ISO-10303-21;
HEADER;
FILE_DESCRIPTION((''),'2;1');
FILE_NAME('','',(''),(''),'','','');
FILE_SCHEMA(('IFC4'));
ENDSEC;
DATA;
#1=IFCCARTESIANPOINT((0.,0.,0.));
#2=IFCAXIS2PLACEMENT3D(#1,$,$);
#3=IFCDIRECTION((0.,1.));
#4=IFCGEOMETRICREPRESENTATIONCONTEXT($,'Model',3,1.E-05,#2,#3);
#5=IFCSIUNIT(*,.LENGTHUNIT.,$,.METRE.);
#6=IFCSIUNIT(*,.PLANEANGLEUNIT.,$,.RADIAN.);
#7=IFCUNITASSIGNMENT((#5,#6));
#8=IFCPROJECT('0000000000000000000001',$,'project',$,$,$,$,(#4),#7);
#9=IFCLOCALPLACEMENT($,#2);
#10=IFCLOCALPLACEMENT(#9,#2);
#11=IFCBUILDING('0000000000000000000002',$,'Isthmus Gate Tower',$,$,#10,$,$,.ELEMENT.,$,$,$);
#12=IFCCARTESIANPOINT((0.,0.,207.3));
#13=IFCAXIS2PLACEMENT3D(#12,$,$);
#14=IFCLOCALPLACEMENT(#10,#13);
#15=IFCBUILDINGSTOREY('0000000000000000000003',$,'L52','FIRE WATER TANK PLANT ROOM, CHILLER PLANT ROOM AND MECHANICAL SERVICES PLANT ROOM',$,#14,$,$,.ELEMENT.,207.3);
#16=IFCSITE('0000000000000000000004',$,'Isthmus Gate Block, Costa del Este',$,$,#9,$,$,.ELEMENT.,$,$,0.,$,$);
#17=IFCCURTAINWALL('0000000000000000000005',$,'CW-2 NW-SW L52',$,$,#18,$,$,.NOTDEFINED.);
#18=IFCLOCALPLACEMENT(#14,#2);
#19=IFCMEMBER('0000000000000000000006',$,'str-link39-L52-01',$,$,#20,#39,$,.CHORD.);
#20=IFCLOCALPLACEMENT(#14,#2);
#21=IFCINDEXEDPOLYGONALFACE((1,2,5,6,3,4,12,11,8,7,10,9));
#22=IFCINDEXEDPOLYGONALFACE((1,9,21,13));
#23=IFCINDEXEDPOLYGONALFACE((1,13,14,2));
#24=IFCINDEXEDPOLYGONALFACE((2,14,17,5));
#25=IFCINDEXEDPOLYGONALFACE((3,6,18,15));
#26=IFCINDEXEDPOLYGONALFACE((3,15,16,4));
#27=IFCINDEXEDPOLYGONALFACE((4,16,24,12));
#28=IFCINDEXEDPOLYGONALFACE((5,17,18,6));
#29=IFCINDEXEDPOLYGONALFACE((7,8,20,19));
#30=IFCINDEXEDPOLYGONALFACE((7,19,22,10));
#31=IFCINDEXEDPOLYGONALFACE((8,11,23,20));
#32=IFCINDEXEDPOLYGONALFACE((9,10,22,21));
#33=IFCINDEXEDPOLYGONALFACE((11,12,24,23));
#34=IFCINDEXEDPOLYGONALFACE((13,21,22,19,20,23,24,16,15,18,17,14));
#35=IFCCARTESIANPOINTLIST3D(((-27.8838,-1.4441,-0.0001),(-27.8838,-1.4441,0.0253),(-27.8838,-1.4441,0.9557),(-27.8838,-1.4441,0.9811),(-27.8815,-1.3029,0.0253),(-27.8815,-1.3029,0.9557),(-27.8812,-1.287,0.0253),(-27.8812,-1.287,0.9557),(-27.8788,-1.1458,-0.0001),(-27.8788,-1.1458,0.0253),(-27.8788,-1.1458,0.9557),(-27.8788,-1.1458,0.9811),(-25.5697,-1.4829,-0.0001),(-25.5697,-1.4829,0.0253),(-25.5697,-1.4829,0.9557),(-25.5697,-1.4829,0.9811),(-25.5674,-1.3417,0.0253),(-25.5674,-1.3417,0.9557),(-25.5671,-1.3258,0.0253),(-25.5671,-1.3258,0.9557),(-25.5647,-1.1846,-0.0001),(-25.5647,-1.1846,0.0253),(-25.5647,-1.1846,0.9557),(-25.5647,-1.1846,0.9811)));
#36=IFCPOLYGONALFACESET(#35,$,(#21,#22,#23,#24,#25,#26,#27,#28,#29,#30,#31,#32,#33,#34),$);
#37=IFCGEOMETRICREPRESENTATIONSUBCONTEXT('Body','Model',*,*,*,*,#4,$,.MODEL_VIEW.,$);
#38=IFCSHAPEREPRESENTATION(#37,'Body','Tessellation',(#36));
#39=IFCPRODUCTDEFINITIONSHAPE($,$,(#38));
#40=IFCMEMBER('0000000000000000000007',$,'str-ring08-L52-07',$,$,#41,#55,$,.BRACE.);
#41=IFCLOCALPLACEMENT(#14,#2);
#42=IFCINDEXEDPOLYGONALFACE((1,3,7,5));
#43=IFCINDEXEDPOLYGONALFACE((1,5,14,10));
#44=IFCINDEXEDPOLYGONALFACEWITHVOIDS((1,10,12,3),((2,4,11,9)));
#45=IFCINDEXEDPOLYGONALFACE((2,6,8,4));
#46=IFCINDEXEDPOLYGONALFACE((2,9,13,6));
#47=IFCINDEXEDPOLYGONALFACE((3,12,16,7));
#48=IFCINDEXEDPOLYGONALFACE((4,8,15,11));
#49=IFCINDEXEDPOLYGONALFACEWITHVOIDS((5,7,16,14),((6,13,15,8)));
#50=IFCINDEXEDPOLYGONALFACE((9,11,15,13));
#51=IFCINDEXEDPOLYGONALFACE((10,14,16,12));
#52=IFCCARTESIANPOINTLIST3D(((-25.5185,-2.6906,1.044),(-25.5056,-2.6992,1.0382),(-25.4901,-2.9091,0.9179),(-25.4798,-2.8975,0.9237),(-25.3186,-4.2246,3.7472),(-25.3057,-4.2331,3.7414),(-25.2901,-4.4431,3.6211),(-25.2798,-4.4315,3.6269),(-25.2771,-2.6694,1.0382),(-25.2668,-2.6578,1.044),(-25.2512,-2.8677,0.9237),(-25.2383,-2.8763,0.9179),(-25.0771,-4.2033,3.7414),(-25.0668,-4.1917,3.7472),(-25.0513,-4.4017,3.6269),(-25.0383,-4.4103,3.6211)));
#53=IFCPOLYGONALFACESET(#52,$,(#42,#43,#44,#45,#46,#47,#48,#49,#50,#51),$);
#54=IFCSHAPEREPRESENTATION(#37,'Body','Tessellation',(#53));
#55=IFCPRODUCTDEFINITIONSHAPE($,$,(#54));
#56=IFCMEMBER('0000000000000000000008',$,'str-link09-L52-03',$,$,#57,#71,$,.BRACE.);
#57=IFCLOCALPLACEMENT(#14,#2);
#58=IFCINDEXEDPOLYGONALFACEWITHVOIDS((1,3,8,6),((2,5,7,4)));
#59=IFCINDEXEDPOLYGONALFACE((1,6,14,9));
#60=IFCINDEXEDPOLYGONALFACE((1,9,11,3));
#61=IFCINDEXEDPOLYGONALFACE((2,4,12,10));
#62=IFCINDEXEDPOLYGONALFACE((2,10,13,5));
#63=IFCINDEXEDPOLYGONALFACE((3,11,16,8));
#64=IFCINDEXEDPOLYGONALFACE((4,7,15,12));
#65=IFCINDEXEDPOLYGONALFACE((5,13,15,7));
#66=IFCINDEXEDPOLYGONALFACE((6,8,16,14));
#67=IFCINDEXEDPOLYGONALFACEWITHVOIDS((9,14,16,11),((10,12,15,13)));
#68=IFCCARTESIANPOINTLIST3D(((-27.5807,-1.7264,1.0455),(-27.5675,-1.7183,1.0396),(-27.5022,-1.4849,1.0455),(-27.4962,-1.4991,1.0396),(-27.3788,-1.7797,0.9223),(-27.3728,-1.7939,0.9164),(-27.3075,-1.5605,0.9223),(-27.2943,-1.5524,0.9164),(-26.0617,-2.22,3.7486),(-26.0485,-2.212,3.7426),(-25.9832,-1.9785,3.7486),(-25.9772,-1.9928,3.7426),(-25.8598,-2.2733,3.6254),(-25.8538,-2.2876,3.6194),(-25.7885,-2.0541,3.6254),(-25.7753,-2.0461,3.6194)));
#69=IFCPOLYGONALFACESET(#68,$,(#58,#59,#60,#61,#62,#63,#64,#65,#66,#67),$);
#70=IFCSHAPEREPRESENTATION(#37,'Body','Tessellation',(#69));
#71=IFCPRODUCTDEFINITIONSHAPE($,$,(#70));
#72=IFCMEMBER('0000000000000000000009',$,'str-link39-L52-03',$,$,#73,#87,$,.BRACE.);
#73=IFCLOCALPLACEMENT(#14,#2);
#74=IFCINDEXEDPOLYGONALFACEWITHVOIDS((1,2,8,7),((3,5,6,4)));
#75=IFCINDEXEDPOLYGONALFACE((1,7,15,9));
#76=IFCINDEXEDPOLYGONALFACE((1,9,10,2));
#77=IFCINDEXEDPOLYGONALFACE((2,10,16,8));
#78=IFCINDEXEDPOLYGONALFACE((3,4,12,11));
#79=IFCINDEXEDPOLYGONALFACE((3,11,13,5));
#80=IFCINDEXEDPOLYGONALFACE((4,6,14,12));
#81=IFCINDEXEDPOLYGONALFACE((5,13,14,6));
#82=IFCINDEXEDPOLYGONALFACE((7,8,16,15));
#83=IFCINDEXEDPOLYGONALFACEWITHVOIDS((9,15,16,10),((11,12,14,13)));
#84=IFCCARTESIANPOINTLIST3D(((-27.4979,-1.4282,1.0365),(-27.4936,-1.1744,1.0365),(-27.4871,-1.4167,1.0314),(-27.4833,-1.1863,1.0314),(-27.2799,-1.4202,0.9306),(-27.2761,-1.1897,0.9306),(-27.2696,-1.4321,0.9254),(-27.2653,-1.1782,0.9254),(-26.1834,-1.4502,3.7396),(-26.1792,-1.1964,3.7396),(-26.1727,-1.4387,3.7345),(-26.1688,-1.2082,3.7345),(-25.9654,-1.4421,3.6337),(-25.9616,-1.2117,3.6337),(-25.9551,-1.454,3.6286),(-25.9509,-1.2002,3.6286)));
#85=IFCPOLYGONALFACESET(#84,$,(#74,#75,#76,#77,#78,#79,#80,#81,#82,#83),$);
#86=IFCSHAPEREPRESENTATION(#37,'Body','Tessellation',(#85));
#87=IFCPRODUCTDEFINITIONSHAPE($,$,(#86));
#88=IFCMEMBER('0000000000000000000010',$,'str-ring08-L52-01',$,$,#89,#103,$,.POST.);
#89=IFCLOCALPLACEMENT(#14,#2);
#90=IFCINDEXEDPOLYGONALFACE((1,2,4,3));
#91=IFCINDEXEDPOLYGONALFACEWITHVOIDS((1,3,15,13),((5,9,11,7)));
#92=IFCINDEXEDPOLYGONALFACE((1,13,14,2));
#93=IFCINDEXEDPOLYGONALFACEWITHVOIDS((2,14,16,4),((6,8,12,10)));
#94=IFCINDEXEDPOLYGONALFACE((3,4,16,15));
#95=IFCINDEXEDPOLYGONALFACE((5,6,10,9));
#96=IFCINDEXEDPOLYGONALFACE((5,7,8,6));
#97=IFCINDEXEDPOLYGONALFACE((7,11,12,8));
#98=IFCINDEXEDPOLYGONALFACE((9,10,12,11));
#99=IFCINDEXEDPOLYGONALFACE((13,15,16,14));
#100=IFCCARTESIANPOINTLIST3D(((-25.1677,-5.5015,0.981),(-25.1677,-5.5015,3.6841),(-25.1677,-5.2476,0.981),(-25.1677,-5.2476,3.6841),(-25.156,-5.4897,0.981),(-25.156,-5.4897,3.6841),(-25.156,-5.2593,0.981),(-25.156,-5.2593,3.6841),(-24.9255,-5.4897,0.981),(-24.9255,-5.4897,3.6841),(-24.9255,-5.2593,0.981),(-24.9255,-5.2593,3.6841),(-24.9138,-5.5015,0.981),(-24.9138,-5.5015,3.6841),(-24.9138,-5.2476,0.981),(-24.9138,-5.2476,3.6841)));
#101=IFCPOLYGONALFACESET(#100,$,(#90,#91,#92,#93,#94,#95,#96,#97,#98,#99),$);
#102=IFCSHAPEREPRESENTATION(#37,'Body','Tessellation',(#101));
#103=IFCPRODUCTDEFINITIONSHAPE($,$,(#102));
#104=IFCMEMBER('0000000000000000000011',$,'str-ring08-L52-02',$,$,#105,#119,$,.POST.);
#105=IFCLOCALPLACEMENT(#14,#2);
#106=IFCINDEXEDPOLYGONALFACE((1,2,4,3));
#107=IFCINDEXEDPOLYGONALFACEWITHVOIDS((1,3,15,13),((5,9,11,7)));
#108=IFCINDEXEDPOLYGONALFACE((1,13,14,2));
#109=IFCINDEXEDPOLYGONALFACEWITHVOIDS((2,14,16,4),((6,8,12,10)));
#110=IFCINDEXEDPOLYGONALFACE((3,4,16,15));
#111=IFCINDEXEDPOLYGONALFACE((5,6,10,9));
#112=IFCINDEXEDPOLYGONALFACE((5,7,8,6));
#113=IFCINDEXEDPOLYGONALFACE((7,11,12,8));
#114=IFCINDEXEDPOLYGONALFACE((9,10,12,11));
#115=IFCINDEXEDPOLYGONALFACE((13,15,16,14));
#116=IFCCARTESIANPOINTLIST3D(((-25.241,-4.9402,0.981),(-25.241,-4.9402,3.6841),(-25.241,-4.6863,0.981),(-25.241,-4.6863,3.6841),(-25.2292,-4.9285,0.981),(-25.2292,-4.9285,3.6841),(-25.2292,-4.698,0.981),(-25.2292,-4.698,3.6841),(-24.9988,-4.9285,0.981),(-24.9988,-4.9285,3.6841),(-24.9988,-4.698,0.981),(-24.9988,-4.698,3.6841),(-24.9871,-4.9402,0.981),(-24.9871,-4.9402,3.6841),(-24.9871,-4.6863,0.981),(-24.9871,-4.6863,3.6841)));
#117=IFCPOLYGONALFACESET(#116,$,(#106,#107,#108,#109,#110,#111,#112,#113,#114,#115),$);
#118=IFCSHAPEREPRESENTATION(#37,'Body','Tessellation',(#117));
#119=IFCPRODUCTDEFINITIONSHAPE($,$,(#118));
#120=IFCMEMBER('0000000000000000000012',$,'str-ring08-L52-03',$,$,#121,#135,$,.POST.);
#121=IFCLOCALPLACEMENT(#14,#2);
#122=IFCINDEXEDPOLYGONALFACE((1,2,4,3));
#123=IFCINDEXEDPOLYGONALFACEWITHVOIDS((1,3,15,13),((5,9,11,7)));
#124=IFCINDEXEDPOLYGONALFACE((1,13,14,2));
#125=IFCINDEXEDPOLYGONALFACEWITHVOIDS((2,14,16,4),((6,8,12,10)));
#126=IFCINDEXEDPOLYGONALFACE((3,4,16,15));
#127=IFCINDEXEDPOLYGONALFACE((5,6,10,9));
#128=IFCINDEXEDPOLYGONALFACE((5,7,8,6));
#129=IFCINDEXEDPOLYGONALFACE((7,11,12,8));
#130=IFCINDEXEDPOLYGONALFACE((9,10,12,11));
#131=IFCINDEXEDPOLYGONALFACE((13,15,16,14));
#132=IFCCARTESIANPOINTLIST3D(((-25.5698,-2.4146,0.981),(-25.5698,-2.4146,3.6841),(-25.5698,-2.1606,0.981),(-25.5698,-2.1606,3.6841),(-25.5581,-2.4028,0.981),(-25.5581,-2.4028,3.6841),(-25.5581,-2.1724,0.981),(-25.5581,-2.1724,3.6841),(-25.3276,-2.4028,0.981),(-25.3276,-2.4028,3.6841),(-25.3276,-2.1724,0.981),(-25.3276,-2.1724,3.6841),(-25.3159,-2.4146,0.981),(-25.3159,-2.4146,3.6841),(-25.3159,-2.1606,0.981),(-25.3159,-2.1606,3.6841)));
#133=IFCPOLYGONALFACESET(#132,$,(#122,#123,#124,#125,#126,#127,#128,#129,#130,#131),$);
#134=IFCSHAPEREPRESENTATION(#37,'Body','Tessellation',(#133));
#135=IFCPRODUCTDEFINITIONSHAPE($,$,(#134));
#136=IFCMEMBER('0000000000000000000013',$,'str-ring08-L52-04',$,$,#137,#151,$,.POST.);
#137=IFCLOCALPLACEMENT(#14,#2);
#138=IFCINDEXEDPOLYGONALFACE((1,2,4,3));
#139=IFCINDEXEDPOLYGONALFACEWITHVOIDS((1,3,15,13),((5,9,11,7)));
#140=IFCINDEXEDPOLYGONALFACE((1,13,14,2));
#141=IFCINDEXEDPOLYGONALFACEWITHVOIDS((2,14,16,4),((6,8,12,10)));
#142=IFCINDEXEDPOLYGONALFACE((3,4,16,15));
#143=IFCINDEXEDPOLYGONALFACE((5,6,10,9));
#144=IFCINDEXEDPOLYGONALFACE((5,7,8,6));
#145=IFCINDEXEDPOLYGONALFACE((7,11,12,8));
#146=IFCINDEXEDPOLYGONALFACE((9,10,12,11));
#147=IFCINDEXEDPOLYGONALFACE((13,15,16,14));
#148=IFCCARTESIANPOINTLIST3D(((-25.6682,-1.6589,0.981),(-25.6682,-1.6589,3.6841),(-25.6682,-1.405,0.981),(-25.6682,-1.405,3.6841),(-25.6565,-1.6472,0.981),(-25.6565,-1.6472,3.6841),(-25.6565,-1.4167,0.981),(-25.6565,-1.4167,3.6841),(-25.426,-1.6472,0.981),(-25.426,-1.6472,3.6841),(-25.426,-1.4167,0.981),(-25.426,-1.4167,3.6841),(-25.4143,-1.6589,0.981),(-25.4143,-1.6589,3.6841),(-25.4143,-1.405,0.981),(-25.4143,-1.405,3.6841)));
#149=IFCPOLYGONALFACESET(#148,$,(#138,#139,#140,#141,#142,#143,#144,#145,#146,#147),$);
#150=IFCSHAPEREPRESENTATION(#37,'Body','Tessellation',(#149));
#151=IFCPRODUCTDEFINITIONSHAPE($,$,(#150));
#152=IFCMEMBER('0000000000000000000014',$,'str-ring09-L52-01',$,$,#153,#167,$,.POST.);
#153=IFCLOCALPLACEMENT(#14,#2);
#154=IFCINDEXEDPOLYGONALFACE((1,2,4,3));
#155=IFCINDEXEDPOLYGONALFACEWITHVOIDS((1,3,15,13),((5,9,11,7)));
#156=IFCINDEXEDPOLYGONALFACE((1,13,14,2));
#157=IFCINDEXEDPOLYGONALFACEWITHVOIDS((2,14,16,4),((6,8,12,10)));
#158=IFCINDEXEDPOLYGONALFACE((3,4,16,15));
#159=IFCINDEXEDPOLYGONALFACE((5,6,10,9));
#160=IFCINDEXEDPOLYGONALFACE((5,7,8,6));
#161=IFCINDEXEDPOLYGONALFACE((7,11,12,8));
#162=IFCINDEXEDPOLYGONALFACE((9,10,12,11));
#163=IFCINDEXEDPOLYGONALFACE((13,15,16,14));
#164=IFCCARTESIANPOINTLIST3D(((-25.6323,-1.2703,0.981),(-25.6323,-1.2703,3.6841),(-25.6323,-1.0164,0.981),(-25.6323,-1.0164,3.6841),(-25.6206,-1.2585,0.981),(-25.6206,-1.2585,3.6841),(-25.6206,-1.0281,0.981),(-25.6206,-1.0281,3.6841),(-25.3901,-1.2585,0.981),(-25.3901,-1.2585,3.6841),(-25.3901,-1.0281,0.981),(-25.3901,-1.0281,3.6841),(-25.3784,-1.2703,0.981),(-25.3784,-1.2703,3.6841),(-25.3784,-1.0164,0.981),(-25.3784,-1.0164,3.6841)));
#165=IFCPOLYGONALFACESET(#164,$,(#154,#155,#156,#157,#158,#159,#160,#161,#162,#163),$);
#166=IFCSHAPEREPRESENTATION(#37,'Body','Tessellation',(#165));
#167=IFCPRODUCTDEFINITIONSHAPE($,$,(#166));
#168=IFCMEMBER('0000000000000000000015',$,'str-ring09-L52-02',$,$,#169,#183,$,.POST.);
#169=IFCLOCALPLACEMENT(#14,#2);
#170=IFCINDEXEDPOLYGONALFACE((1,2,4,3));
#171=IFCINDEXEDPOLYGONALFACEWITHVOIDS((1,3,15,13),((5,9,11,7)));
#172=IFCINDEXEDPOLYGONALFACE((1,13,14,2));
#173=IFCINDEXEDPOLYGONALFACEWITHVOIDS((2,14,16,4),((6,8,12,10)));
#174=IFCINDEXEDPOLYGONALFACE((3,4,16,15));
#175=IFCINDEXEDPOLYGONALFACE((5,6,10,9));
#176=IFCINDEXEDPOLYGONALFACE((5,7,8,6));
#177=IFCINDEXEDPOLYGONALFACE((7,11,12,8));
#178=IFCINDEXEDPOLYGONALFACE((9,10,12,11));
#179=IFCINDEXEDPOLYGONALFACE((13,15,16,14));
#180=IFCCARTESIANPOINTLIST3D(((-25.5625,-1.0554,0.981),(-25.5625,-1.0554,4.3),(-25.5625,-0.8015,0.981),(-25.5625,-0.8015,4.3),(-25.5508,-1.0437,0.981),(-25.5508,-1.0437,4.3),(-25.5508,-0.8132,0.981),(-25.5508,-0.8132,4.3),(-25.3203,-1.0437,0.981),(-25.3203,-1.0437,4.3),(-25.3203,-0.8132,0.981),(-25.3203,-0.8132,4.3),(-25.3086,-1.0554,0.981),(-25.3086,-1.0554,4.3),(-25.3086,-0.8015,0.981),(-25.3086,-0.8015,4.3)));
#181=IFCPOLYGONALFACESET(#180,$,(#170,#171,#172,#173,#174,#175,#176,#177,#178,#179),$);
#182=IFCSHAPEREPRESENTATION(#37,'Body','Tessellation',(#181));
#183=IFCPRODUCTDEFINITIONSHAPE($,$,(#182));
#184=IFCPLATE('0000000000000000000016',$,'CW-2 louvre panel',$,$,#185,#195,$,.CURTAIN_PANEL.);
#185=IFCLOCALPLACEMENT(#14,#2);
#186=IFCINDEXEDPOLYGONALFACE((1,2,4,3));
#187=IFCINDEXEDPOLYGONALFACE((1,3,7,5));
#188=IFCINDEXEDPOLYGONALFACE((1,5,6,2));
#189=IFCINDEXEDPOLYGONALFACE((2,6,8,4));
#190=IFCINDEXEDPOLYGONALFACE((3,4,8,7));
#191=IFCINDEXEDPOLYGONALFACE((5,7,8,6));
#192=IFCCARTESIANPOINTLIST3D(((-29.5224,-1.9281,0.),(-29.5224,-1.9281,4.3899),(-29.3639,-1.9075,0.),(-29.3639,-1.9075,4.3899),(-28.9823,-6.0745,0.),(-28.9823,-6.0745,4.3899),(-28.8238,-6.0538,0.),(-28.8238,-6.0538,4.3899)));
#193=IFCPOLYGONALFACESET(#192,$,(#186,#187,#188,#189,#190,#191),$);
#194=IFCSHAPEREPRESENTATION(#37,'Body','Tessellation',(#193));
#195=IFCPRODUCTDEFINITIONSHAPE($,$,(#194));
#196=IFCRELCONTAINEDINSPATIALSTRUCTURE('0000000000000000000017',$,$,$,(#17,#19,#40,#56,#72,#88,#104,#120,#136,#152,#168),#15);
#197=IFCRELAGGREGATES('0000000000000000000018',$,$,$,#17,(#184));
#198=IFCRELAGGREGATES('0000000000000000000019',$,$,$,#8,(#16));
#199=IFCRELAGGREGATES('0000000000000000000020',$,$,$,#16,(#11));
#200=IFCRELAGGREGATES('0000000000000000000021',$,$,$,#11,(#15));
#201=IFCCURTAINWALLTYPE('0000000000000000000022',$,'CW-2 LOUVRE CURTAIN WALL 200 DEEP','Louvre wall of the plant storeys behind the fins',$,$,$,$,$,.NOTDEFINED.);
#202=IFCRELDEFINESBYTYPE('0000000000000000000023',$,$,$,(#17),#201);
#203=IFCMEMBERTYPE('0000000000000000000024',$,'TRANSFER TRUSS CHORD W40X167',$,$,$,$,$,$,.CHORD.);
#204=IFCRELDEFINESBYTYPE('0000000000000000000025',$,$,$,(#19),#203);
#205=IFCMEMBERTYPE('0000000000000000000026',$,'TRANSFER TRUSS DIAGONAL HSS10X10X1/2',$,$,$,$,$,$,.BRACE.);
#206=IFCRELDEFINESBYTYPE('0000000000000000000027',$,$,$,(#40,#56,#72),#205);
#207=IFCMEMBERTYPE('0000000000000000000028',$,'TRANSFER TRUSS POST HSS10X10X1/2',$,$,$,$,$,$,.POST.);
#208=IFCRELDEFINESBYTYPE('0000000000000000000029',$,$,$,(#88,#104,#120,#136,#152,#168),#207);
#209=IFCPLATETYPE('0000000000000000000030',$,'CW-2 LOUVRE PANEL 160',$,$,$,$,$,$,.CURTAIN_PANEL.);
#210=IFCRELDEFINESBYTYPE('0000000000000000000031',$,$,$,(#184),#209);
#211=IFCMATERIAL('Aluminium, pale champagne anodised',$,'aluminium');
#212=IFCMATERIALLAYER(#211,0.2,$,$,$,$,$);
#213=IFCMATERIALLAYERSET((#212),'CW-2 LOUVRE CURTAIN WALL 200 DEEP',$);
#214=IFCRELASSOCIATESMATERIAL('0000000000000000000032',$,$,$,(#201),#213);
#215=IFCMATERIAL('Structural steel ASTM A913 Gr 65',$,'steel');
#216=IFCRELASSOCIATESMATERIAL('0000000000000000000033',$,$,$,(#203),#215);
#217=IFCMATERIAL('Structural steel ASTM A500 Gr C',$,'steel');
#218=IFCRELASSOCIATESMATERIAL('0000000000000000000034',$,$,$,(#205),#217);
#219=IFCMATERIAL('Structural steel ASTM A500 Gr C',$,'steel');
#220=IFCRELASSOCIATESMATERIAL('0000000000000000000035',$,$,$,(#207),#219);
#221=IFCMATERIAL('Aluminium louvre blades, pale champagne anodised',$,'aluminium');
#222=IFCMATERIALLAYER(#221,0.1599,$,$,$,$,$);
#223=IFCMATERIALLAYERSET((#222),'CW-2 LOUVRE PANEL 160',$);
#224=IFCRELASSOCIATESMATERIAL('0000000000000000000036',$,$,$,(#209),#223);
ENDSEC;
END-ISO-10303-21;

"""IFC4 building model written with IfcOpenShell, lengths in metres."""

from ifc_helpers import new_model, si_unit, direction, frame, origin, origin_2d, place, context, subcontext, project, spatial, rectangle, hollow_rectangle, i_section, extrude, material, layer, layer_set, material_profile, profile_set, type_object, element, aggregate, save


model = new_model("IFC4")

# Units and contexts
model_context = context("Model", 3, precision=1e-05, world=origin(), true_north=direction((0.0, 1.0)))
body_context = subcontext(model_context, "Body", "Model", "MODEL_VIEW")
ifc_project = project(units=[si_unit("LENGTHUNIT", "METRE"), si_unit("PLANEANGLEUNIT", "RADIAN")], contexts=[model_context])

# Site, building, storey
site_placement = place(None, origin())
site = spatial("IfcSite", under=ifc_project, at=site_placement, Name="Isthmus Gate Block, Costa del Este", CompositionType="ELEMENT", RefElevation=0.0)
building_placement = place(site_placement, origin())
building = spatial("IfcBuilding", under=site, at=building_placement, Name="Isthmus Gate Tower", CompositionType="ELEMENT")
storey_placement = place(building_placement, frame((0.0, 0.0, 207.3)))
storey = spatial("IfcBuildingStorey", under=building, at=storey_placement, Name="L52", Description="FIRE WATER TANK PLANT ROOM, CHILLER PLANT ROOM AND MECHANICAL SERVICES PLANT ROOM", CompositionType="ELEMENT", Elevation=207.3)

# Curtain wall
ifc_material_1 = material(Name="Aluminium, pale champagne anodised", Category="aluminium")
ifc_layer_1 = layer(ifc_material_1, 0.2)
ifc_layer_set_1 = layer_set([ifc_layer_1], Name="CW-2 LOUVRE CURTAIN WALL 200 DEEP")
curtain_wall_type = type_object("IfcCurtainWallType", Name="CW-2 LOUVRE CURTAIN WALL 200 DEEP", Description="Louvre wall of the plant storeys behind the fins", PredefinedType="NOTDEFINED", material=ifc_layer_set_1)
curtain_wall_placement = place(storey_placement, origin())
curtain_wall = element("IfcCurtainWall", 1, at=curtain_wall_placement, inside=storey, type_object=curtain_wall_type, Name="CW-2 NW-SW L52", PredefinedType="NOTDEFINED")

# Members
ifc_material_2 = material(Name="Structural steel ASTM A913 Gr 65", Category="steel")
ifc_material_profile_1 = material_profile(ifc_material_2, i_section(OverallWidth=0.2983, OverallDepth=0.9812, WebThickness=0.0159, FlangeThickness=0.0254, at=origin_2d()), Name="W40X167")
ifc_profile_set_1 = profile_set([ifc_material_profile_1], Name="Structural steel ASTM A913 Gr 65")
member_type_1 = type_object("IfcMemberType", Name="TRANSFER TRUSS CHORD W40X167", PredefinedType="CHORD", material=ifc_profile_set_1)
member_1_placement = place(storey_placement, frame((-27.8813, -1.2949, 0.4905), z_axis=(0.999859, -0.016772, 0.0), x_axis=(0.016772, 0.999859, 0.0)))
element("IfcMember", 2, at=member_1_placement, inside=storey, type_object=member_type_1, Name="str-link39-L52-01", PredefinedType="CHORD", context=body_context, shape_type="SweptSolid", body=[
    extrude(i_section(OverallWidth=0.2983, OverallDepth=0.9812, WebThickness=0.0159, FlangeThickness=0.0254, at=origin_2d()), origin(), (0.0, 0.0, 1.0), 2.3145),
])
ifc_material_3 = material(Name="Structural steel ASTM A500 Gr C", Category="steel")
ifc_material_profile_2 = material_profile(ifc_material_3, hollow_rectangle(XDim=0.2539, YDim=0.2539, WallThickness=0.0117, at=origin_2d()), Name="HSS10X10X1/2")
ifc_profile_set_2 = profile_set([ifc_material_profile_2], Name="Structural steel ASTM A500 Gr C")
member_type_2 = type_object("IfcMemberType", Name="TRANSFER TRUSS DIAGONAL HSS10X10X1/2", PredefinedType="BRACE", material=ifc_profile_set_2)
member_2_placement = place(storey_placement, frame((-25.3784, -2.7834, 0.981), z_axis=(0.064201, -0.492522, 0.867929), x_axis=(0.991611, 0.129258, 0.0)))
element("IfcMember", 3, at=member_2_placement, inside=storey, type_object=member_type_2, Name="str-ring08-L52-07", PredefinedType="BRACE", context=body_context, shape_type="SweptSolid", body=[
    extrude(hollow_rectangle(XDim=0.2539, YDim=0.2539, WallThickness=0.0117, at=origin_2d()), origin(), (0.0, 0.0, 1.0), 3.1145),
])
member_3_placement = place(storey_placement, frame((-27.4375, -1.6394, 0.981), z_axis=(0.483809, -0.157226, 0.860935), x_axis=(0.309065, 0.951041, 0.0)))
element("IfcMember", 4, at=member_3_placement, inside=storey, type_object=member_type_2, Name="str-link09-L52-03", PredefinedType="BRACE", context=body_context, shape_type="SweptSolid", body=[
    extrude(hollow_rectangle(XDim=0.2539, YDim=0.2539, WallThickness=0.0117, at=origin_2d()), origin(), (0.0, 0.0, 1.0), 3.1396),
])
member_4_placement = place(storey_placement, frame((-27.3816, -1.3032, 0.981), z_axis=(0.437298, -0.00731, 0.899287), x_axis=(0.016714, 0.99986, 0.0)))
element("IfcMember", 5, at=member_4_placement, inside=storey, type_object=member_type_2, Name="str-link39-L52-03", PredefinedType="BRACE", context=body_context, shape_type="SweptSolid", body=[
    extrude(hollow_rectangle(XDim=0.2539, YDim=0.2539, WallThickness=0.0117, at=origin_2d()), origin(), (0.0, 0.0, 1.0), 3.0059),
])
ifc_material_4 = material(Name="Structural steel ASTM A500 Gr C", Category="steel")
ifc_material_profile_3 = material_profile(ifc_material_4, hollow_rectangle(XDim=0.2539, YDim=0.2539, WallThickness=0.0117, at=origin_2d()), Name="HSS10X10X1/2")
ifc_profile_set_3 = profile_set([ifc_material_profile_3], Name="Structural steel ASTM A500 Gr C")
member_type_3 = type_object("IfcMemberType", Name="TRANSFER TRUSS POST HSS10X10X1/2", PredefinedType="POST", material=ifc_profile_set_3)
for number, where, z_axis, x_axis, name in (
    (6, (-25.0408, -5.3745, 0.981), (0.0, 0.0, 1.0), (1.0, 0.0, 0.0), "str-ring08-L52-01"),
    (7, (-25.114, -4.8132, 0.981), (0.0, 0.0, 1.0), (1.0, 0.0, 0.0), "str-ring08-L52-02"),
    (8, (-25.4429, -2.2876, 0.981), (0.0, 0.0, 1.0), (1.0, 0.0, 0.0), "str-ring08-L52-03"),
    (9, (-25.5413, -1.532, 0.981), (0.0, 0.0, 1.0), (1.0, 0.0, 0.0), "str-ring08-L52-04"),
    (10, (-25.5054, -1.1433, 0.981), (0.0, 0.0, 1.0), (1.0, 0.0, 0.0), "str-ring09-L52-01"),
):
    element("IfcMember", number, at=place(storey_placement, frame(where, z_axis=z_axis, x_axis=x_axis)), inside=storey, type_object=member_type_3, Name=name, PredefinedType="POST", context=body_context, shape_type="SweptSolid", body=[
        extrude(hollow_rectangle(XDim=0.2539, YDim=0.2539, WallThickness=0.0117, at=origin_2d()), origin(), (0.0, 0.0, 1.0), 2.7031),
    ])
member_5_placement = place(storey_placement, frame((-25.4355, -0.9285, 0.981), z_axis=(0.0, 0.0, 1.0), x_axis=(1.0, 0.0, 0.0)))
element("IfcMember", 11, at=member_5_placement, inside=storey, type_object=member_type_3, Name="str-ring09-L52-02", PredefinedType="POST", context=body_context, shape_type="SweptSolid", body=[
    extrude(hollow_rectangle(XDim=0.2539, YDim=0.2539, WallThickness=0.0117, at=origin_2d()), origin(), (0.0, 0.0, 1.0), 3.3191),
])

# Plate
ifc_material_5 = material(Name="Aluminium louvre blades, pale champagne anodised", Category="aluminium")
ifc_layer_2 = layer(ifc_material_5, 0.1599)
ifc_layer_set_2 = layer_set([ifc_layer_2], Name="CW-2 LOUVRE PANEL 160")
plate_type = type_object("IfcPlateType", Name="CW-2 LOUVRE PANEL 160", PredefinedType="CURTAIN_PANEL", material=ifc_layer_set_2)
plate_placement = place(storey_placement, frame((-29.1731, -3.991, 0.0), z_axis=(0.0, 0.0, 1.0), x_axis=(0.129165, -0.991623, 0.0)))
plate = element("IfcPlate", 12, at=plate_placement, type_object=plate_type, Name="CW-2 louvre panel", PredefinedType="CURTAIN_PANEL", context=body_context, shape_type="SweptSolid", body=[
    extrude(rectangle(XDim=4.1814, YDim=0.1599, at=origin_2d()), origin(), (0.0, 0.0, 1.0), 4.3899),
])
aggregate(curtain_wall, [plate])

save(model, "model.ifc")
